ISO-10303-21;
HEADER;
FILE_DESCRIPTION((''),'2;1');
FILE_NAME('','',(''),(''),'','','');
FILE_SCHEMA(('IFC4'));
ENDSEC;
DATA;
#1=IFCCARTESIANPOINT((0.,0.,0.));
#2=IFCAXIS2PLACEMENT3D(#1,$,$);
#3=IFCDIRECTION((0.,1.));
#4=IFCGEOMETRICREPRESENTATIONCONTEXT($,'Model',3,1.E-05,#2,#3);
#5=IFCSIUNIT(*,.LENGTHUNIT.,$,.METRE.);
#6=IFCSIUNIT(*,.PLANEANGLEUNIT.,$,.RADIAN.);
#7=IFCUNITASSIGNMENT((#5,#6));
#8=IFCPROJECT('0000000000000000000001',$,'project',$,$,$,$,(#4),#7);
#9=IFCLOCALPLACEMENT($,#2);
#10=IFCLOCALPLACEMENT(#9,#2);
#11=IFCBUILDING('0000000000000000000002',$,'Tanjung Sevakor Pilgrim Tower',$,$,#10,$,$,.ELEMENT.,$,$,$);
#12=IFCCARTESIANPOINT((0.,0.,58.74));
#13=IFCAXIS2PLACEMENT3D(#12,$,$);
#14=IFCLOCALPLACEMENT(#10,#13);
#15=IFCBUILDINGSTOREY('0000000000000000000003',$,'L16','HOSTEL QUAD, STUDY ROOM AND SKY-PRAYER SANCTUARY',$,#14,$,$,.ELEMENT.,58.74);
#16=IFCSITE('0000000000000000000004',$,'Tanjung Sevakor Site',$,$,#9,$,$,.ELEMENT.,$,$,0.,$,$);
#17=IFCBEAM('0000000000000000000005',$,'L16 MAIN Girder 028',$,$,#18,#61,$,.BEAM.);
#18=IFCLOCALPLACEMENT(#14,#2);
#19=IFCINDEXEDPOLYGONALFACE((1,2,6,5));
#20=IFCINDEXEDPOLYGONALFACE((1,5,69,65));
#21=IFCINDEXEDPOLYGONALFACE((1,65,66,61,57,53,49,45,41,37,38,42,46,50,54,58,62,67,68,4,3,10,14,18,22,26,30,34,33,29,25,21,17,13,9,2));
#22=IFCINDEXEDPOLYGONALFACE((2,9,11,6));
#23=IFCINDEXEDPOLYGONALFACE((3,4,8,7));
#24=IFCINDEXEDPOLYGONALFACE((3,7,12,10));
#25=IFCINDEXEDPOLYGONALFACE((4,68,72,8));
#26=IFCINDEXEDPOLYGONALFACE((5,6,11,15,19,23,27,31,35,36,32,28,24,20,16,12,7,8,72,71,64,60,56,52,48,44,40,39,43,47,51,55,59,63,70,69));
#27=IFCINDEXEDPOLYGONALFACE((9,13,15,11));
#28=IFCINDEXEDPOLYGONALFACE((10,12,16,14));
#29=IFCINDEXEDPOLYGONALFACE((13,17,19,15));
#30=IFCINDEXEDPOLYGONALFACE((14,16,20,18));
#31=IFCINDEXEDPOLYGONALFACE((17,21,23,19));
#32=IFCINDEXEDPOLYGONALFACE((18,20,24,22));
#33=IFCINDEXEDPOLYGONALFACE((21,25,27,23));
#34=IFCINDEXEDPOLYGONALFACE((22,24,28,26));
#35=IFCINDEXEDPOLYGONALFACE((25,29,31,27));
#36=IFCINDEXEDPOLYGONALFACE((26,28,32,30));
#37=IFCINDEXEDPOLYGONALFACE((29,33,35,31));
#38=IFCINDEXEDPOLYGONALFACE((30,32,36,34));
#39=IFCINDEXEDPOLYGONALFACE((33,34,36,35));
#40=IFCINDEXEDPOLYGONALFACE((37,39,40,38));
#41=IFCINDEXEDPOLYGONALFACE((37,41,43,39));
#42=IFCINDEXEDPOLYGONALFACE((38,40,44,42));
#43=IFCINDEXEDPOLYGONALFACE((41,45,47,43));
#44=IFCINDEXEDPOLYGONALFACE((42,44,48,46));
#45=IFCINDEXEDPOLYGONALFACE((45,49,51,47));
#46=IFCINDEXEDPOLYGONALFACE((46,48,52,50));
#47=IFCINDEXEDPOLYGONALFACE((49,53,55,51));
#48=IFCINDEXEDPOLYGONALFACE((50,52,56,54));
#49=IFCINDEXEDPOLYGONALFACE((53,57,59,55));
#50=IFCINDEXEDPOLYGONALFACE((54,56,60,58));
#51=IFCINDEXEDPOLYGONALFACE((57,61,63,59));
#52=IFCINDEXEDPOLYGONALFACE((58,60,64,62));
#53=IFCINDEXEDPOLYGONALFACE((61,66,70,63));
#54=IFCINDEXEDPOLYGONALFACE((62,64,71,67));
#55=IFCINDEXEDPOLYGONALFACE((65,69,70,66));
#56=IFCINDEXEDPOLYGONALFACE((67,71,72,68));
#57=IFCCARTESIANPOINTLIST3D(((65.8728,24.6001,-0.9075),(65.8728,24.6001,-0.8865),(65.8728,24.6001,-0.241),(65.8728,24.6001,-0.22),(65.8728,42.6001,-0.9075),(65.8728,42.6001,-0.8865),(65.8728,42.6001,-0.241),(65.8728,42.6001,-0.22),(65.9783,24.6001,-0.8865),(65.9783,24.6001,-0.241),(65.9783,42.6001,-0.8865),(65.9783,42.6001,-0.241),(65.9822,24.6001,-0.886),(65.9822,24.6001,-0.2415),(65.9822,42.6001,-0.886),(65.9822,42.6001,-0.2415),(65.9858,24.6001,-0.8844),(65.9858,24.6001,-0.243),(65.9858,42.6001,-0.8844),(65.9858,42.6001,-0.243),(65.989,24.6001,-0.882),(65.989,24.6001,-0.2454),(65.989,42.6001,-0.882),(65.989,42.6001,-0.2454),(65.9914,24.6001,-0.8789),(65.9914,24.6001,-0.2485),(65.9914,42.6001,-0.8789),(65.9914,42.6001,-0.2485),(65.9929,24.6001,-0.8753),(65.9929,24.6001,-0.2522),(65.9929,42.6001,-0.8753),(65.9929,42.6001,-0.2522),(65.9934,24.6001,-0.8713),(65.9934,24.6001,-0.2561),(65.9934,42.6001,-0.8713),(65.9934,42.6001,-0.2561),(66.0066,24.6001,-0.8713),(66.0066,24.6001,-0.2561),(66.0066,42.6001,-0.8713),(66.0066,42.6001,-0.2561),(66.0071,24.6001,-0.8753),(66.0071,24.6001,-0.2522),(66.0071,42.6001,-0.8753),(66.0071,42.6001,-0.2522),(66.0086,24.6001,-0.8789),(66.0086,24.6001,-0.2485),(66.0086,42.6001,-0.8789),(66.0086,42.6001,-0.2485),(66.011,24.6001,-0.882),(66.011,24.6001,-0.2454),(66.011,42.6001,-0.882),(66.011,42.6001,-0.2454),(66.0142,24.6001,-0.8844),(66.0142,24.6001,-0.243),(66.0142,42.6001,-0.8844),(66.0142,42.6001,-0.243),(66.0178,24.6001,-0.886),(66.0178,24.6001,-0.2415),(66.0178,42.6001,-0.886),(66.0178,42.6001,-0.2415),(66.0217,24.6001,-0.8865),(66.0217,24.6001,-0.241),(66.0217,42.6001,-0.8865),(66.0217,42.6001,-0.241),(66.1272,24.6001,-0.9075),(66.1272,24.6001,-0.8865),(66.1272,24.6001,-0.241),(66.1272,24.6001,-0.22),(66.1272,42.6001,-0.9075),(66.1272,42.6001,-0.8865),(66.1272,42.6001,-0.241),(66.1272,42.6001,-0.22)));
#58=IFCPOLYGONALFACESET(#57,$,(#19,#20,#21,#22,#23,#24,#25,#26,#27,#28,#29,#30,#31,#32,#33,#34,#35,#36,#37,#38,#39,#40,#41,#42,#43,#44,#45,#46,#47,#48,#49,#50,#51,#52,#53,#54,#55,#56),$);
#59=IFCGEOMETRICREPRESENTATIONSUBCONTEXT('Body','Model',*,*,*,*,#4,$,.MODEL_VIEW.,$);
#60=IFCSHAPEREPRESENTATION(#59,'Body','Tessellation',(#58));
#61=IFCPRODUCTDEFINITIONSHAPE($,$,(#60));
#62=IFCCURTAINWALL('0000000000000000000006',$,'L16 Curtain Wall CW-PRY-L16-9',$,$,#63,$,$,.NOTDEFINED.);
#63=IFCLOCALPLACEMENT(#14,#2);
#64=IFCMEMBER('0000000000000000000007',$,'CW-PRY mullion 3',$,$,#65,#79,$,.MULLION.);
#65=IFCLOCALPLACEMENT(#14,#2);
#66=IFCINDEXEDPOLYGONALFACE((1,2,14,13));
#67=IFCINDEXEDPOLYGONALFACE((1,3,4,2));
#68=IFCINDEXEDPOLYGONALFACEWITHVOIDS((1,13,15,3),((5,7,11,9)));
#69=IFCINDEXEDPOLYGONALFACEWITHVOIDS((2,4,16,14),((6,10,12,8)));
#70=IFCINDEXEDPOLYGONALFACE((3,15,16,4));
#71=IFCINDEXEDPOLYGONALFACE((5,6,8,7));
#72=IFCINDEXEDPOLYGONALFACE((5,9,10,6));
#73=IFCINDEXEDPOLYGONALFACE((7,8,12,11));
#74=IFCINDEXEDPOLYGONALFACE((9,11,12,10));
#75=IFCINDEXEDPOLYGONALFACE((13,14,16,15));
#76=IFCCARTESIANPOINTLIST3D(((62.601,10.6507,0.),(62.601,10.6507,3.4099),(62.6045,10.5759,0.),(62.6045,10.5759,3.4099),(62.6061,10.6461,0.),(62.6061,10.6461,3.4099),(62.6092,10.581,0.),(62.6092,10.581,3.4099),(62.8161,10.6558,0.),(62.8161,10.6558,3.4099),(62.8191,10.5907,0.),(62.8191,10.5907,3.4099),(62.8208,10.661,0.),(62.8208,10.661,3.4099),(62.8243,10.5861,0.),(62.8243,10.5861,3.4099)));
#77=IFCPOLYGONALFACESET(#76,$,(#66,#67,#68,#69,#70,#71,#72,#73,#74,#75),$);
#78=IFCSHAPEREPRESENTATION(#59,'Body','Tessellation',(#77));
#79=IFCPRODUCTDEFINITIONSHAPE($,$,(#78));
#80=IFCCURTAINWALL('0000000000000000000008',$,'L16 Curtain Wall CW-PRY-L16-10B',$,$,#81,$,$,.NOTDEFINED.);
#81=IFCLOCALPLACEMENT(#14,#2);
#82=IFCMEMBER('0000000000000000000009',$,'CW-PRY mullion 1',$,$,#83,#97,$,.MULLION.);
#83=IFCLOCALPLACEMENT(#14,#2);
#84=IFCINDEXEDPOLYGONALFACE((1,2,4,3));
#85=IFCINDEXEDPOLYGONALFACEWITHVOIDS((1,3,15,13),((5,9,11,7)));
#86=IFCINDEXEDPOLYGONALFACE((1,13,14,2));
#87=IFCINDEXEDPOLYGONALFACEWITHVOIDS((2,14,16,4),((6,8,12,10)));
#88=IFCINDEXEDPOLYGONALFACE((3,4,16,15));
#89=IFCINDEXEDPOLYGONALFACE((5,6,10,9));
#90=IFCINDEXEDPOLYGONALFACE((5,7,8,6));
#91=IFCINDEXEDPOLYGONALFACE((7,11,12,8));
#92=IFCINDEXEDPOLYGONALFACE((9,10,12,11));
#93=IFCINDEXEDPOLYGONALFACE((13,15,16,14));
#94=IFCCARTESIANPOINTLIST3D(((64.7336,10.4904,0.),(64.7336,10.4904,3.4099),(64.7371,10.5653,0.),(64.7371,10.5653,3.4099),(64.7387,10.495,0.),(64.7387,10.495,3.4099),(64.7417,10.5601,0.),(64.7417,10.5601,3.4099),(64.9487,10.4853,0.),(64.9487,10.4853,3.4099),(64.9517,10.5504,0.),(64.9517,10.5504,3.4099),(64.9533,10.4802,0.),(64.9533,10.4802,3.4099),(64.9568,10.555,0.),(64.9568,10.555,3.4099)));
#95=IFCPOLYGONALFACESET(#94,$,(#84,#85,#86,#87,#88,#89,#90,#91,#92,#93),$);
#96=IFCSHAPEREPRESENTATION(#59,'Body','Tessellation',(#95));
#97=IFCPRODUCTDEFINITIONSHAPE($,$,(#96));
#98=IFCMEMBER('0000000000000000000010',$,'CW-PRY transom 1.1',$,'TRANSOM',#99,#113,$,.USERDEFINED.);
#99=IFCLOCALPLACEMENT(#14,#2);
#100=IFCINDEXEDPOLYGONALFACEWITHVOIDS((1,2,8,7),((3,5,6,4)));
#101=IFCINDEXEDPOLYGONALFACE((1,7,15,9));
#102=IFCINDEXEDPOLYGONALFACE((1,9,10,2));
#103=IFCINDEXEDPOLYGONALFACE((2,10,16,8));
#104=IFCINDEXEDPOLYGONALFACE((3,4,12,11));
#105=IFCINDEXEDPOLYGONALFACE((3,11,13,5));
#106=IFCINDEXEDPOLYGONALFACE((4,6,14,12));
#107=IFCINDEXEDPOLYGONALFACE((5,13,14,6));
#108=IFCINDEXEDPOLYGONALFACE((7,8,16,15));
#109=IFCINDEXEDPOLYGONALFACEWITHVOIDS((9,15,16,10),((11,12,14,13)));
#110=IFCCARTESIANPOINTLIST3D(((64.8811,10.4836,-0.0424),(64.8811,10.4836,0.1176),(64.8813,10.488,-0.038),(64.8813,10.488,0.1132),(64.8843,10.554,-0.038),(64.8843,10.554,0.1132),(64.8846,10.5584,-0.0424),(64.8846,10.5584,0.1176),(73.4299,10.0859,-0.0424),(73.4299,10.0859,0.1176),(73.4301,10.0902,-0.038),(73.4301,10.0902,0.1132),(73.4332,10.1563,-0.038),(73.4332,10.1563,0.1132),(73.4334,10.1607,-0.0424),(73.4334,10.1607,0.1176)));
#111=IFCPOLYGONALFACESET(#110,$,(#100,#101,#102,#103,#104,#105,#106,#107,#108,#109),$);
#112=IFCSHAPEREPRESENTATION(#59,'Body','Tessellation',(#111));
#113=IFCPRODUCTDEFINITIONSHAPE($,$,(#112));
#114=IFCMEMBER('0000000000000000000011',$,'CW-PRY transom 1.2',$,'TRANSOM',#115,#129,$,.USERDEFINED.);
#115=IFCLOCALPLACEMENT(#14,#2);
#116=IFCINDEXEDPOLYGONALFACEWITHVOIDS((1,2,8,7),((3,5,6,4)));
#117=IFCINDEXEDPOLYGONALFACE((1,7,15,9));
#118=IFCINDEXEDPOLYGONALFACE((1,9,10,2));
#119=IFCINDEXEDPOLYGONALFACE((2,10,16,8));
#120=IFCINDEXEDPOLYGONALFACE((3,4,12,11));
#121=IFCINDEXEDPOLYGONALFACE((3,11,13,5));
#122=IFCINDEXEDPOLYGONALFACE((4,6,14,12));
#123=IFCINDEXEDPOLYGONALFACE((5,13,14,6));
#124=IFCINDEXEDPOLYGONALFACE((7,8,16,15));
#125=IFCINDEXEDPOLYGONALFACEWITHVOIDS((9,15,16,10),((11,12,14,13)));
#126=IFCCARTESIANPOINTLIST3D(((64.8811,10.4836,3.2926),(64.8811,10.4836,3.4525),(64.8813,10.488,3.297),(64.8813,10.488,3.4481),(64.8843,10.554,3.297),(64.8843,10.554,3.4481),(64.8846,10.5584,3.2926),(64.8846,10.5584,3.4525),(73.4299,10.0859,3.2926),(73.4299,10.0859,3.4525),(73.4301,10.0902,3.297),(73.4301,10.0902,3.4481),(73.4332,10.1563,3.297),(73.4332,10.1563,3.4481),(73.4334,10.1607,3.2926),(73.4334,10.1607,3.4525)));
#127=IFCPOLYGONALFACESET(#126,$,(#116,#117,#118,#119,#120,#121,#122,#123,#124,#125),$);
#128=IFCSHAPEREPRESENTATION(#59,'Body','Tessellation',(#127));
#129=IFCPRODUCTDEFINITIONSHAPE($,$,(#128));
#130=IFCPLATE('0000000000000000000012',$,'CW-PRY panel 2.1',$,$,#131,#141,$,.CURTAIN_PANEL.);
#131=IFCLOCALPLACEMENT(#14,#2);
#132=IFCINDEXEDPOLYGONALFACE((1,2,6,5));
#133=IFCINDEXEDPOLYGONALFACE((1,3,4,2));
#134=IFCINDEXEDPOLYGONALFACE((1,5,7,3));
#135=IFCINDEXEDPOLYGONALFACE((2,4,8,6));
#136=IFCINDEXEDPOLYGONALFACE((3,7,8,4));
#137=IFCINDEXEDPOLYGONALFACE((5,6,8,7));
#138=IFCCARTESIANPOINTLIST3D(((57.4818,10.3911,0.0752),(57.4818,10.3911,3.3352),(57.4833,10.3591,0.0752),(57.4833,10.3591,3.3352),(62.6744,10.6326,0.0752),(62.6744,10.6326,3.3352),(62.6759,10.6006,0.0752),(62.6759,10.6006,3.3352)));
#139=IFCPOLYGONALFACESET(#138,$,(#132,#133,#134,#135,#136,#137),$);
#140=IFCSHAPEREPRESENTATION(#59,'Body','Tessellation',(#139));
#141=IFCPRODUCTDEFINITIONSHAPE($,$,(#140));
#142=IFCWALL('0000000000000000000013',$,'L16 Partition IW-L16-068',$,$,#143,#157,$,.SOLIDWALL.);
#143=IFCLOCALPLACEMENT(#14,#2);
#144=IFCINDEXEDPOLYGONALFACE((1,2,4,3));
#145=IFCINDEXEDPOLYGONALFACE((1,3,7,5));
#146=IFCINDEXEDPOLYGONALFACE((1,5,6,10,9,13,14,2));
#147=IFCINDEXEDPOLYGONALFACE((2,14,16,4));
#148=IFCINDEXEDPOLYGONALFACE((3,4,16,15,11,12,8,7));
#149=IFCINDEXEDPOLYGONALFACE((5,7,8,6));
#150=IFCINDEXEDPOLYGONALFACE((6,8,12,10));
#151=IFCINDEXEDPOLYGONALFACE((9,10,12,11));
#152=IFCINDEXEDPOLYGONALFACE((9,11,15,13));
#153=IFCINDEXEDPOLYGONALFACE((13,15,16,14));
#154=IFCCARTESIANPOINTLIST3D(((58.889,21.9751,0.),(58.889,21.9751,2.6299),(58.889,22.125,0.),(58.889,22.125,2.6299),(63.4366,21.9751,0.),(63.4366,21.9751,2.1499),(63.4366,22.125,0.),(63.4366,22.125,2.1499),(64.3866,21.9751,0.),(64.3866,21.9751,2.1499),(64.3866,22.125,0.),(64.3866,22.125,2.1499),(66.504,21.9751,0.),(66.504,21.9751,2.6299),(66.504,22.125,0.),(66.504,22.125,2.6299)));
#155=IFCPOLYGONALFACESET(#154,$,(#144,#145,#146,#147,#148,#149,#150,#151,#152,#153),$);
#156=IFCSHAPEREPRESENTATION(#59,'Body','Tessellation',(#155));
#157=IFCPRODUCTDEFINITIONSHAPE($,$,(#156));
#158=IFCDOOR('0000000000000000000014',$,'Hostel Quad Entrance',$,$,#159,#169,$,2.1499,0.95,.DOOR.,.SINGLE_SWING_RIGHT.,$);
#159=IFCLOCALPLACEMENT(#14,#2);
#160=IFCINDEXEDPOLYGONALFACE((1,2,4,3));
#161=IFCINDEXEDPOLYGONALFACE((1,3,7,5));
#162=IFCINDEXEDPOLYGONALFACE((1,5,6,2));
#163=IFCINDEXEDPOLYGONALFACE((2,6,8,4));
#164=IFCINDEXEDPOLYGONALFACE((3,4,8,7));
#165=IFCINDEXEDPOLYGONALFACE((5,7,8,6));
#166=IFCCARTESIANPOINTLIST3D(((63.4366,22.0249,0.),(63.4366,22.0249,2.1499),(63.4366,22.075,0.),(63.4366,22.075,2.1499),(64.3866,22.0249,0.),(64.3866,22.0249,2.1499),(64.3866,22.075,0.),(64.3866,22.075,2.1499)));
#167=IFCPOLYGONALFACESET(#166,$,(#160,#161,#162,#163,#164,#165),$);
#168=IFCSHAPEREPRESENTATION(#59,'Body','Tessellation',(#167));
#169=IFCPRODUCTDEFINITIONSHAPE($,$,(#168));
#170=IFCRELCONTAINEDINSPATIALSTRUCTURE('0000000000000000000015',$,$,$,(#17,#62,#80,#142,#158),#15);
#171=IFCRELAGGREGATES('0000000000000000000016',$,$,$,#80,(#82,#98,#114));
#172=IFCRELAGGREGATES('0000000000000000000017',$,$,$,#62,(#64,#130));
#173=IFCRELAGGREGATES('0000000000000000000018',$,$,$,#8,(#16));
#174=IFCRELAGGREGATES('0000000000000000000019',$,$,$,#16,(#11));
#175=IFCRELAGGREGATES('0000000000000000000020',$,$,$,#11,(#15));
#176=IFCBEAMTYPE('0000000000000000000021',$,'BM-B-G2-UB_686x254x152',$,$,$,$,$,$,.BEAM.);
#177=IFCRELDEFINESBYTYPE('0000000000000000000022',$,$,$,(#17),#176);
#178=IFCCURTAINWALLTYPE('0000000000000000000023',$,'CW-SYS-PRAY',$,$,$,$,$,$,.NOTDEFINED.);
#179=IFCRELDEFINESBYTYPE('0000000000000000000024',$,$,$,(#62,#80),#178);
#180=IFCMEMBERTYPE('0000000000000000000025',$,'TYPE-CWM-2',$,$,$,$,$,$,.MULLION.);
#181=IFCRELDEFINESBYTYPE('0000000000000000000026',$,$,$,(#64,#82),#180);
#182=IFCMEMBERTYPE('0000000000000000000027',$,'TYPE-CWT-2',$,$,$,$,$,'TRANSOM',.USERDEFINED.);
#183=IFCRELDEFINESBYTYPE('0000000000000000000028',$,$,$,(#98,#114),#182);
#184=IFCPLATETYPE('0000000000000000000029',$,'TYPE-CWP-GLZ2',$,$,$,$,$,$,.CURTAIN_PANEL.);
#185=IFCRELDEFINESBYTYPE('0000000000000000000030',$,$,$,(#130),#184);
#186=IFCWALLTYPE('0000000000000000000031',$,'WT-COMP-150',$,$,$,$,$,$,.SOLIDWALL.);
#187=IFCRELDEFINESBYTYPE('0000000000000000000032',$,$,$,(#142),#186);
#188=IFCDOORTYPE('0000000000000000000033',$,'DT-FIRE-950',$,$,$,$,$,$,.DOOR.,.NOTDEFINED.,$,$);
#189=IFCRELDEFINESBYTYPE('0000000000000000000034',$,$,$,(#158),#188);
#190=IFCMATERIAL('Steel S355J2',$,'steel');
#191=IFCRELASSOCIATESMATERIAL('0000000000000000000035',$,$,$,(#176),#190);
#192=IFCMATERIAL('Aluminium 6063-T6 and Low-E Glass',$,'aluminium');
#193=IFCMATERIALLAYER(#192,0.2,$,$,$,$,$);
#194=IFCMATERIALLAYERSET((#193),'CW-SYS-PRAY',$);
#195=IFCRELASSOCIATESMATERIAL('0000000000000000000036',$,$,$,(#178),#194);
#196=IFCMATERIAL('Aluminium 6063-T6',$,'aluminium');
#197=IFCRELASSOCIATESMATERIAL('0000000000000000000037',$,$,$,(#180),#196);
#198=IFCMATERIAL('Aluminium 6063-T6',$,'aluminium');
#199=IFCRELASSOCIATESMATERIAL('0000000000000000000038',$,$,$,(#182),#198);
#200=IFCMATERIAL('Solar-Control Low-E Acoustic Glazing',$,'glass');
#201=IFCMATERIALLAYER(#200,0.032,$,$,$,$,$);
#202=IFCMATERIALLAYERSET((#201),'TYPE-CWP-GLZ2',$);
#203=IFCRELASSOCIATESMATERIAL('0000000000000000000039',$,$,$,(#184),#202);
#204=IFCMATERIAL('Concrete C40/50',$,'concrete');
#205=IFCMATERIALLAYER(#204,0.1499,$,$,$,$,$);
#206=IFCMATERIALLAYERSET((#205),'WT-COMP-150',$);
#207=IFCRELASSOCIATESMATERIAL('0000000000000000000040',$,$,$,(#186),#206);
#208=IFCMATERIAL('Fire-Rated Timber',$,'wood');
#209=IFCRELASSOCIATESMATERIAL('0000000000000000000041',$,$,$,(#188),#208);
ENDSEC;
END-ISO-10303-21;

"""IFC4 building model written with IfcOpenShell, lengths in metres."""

from ifc_helpers import new_model, si_unit, direction, frame, frame_2d, origin, origin_2d, place, context, subcontext, project, spatial, rectangle, hollow_rectangle, i_section, extrude, material, layer, layer_set, material_profile, profile_set, type_object, element, fill, aggregate, save


model = new_model("IFC4")

# Units and contexts
model_context = context("Model", 3, precision=1e-05, world=origin(), true_north=direction((0.0, 1.0)))
body_context = subcontext(model_context, "Body", "Model", "MODEL_VIEW")
ifc_project = project(units=[si_unit("LENGTHUNIT", "METRE"), si_unit("PLANEANGLEUNIT", "RADIAN")], contexts=[model_context])

# Site, building, storey
site_placement = place(None, origin())
site = spatial("IfcSite", under=ifc_project, at=site_placement, Name="Tanjung Sevakor Site", CompositionType="ELEMENT", RefElevation=0.0)
building_placement = place(site_placement, origin())
building = spatial("IfcBuilding", under=site, at=building_placement, Name="Tanjung Sevakor Pilgrim Tower", CompositionType="ELEMENT")
storey_placement = place(building_placement, frame((0.0, 0.0, 58.74)))
storey = spatial("IfcBuildingStorey", under=building, at=storey_placement, Name="L16", Description="HOSTEL QUAD, STUDY ROOM AND SKY-PRAYER SANCTUARY", CompositionType="ELEMENT", Elevation=58.74)

# Beam
ifc_material_1 = material(Name="Steel S355J2", Category="steel")
ifc_material_profile_1 = material_profile(ifc_material_1, i_section(OverallWidth=0.2544, OverallDepth=0.6875, WebThickness=0.0132, FlangeThickness=0.021, FilletRadius=0.0151, at=origin_2d()))
ifc_profile_set_1 = profile_set([ifc_material_profile_1], Name="Steel S355J2")
beam_type_1 = type_object("IfcBeamType", Name="BM-B-G2-UB_686x254x152", PredefinedType="BEAM", material=ifc_profile_set_1)
for number, where, z_axis, x_axis, name in (
    (1, (66.0, 24.6001, -0.5637), (0.0, 1.0, 0.0), (-1.0, 0.0, 0.0), "L16 MAIN Girder 028"),
):
    element("IfcBeam", number, at=place(storey_placement, frame(where, z_axis=z_axis, x_axis=x_axis)), inside=storey, type_object=beam_type_1, Name=name, PredefinedType="BEAM", context=body_context, shape_type="SweptSolid", body=[
        extrude(i_section(OverallWidth=0.2544, OverallDepth=0.6875, WebThickness=0.0132, FlangeThickness=0.021, FilletRadius=0.0151, at=origin_2d()), origin(), (0.0, 0.0, 1.0), 18.0),
    ])

# Curtain wall, member
ifc_material_2 = material(Name="Aluminium 6063-T6 and Low-E Glass", Category="aluminium")
ifc_layer_1 = layer(ifc_material_2, 0.2)
ifc_layer_set_1 = layer_set([ifc_layer_1], Name="CW-SYS-PRAY")
curtain_wall_type = type_object("IfcCurtainWallType", Name="CW-SYS-PRAY", PredefinedType="NOTDEFINED", material=ifc_layer_set_1)
curtain_wall_1_placement = place(storey_placement, origin())
curtain_wall_1 = element("IfcCurtainWall", 2, at=curtain_wall_1_placement, inside=storey, type_object=curtain_wall_type, Name="L16 Curtain Wall CW-PRY-L16-9", PredefinedType="NOTDEFINED")
ifc_material_3 = material(Name="Aluminium 6063-T6", Category="aluminium")
ifc_material_profile_2 = material_profile(ifc_material_3, hollow_rectangle(XDim=0.075, YDim=0.22, WallThickness=0.0049, at=origin_2d()))
ifc_profile_set_2 = profile_set([ifc_material_profile_2], Name="Aluminium 6063-T6")
member_type_1 = type_object("IfcMemberType", Name="TYPE-CWM-2", PredefinedType="MULLION", material=ifc_profile_set_2)
member_1_placement = place(storey_placement, frame((62.7126, 10.6184, 0.0), z_axis=(0.0, 0.0, 1.0), x_axis=(-0.046462, 0.99892, 0.0)))
member_1 = element("IfcMember", 3, at=member_1_placement, type_object=member_type_1, Name="CW-PRY mullion 3", PredefinedType="MULLION", context=body_context, shape_type="SweptSolid", body=[
    extrude(hollow_rectangle(XDim=0.075, YDim=0.22, WallThickness=0.0049, at=origin_2d()), origin(), (0.0, 0.0, 1.0), 3.4099),
])

# Curtain wall, members
curtain_wall_2_placement = place(storey_placement, origin())
curtain_wall_2 = element("IfcCurtainWall", 4, at=curtain_wall_2_placement, inside=storey, type_object=curtain_wall_type, Name="L16 Curtain Wall CW-PRY-L16-10B", PredefinedType="NOTDEFINED")
member_2_placement = place(storey_placement, frame((64.8452, 10.5227, 0.0), z_axis=(0.0, 0.0, 1.0), x_axis=(0.046474, 0.99892, 0.0)))
member_2 = element("IfcMember", 5, at=member_2_placement, type_object=member_type_1, Name="CW-PRY mullion 1", PredefinedType="MULLION", context=body_context, shape_type="SweptSolid", body=[
    extrude(hollow_rectangle(XDim=0.075, YDim=0.22, WallThickness=0.0049, at=origin_2d()), origin(), (0.0, 0.0, 1.0), 3.4099),
])
ifc_material_4 = material(Name="Aluminium 6063-T6", Category="aluminium")
ifc_material_profile_3 = material_profile(ifc_material_4, hollow_rectangle(XDim=0.075, YDim=0.1599, WallThickness=0.0044, at=origin_2d()))
ifc_profile_set_3 = profile_set([ifc_material_profile_3], Name="Aluminium 6063-T6")
member_type_2 = type_object("IfcMemberType", Name="TYPE-CWT-2", ElementType="TRANSOM", PredefinedType="USERDEFINED", material=ifc_profile_set_3)
member_3_placement = place(storey_placement, frame((64.8828, 10.521, 0.0376), z_axis=(0.99892, -0.046471, 0.0), x_axis=(0.046471, 0.99892, 0.0)))
member_3 = element("IfcMember", 6, at=member_3_placement, type_object=member_type_2, Name="CW-PRY transom 1.1", ObjectType="TRANSOM", PredefinedType="USERDEFINED", context=body_context, shape_type="SweptSolid", body=[
    extrude(hollow_rectangle(XDim=0.075, YDim=0.1599, WallThickness=0.0044, at=origin_2d()), origin(), (0.0, 0.0, 1.0), 8.5581),
])
member_4_placement = place(storey_placement, frame((64.8828, 10.521, 3.3726), z_axis=(0.99892, -0.046471, 0.0), x_axis=(0.046471, 0.99892, 0.0)))
member_4 = element("IfcMember", 7, at=member_4_placement, type_object=member_type_2, Name="CW-PRY transom 1.2", ObjectType="TRANSOM", PredefinedType="USERDEFINED", context=body_context, shape_type="SweptSolid", body=[
    extrude(hollow_rectangle(XDim=0.075, YDim=0.1599, WallThickness=0.0044, at=origin_2d()), origin(), (0.0, 0.0, 1.0), 8.5581),
])
aggregate(curtain_wall_2, [member_2, member_3, member_4])

# Plate
ifc_material_5 = material(Name="Solar-Control Low-E Acoustic Glazing", Category="glass")
ifc_layer_2 = layer(ifc_material_5, 0.032)
ifc_layer_set_2 = layer_set([ifc_layer_2], Name="TYPE-CWP-GLZ2")
plate_type = type_object("IfcPlateType", Name="TYPE-CWP-GLZ2", PredefinedType="CURTAIN_PANEL", material=ifc_layer_set_2)
plate_placement = place(storey_placement, frame((60.0789, 10.4958, 0.0752), z_axis=(0.0, 0.0, 1.0), x_axis=(0.99892, 0.046462, 0.0)))
plate = element("IfcPlate", 8, at=plate_placement, type_object=plate_type, Name="CW-PRY panel 2.1", PredefinedType="CURTAIN_PANEL", context=body_context, shape_type="SweptSolid", body=[
    extrude(rectangle(XDim=5.1982, YDim=0.032, at=origin_2d()), origin(), (0.0, 0.0, 1.0), 3.26),
])
aggregate(curtain_wall_1, [member_1, plate])

# Wall, opening, door
ifc_material_6 = material(Name="Concrete C40/50", Category="concrete")
ifc_layer_3 = layer(ifc_material_6, 0.1499)
ifc_layer_set_3 = layer_set([ifc_layer_3], Name="WT-COMP-150")
wall_type_1 = type_object("IfcWallType", Name="WT-COMP-150", PredefinedType="SOLIDWALL", material=ifc_layer_set_3)
wall_1_placement = place(storey_placement, frame((58.8889, 22.05, 0.0), z_axis=(0.0, 0.0, 1.0), x_axis=(1.0, 0.0, 0.0)))
wall_1 = element("IfcWall", 9, at=wall_1_placement, inside=storey, type_object=wall_type_1, Name="L16 Partition IW-L16-068", PredefinedType="SOLIDWALL", context=body_context, shape_type="SweptSolid", body=[
    extrude(rectangle(XDim=7.615, YDim=0.1499, at=frame_2d((3.8076, 0.0))), origin(), (0.0, 0.0, 1.0), 2.6299),
])
opening_1_placement = place(wall_1_placement, frame((4.5476, 0.0, 0.0)))
opening_1 = element("IfcOpeningElement", 10, at=opening_1_placement, cuts=wall_1, PredefinedType="OPENING", context=body_context, shape_type="SweptSolid", body=[
    extrude(rectangle(XDim=0.95, YDim=2.1499, at=frame_2d((0.4751, 1.075))), frame((0.0, 0.085, 0.0), z_axis=(0.0, -1.0, 0.0), x_axis=(1.0, 0.0, 0.0)), (0.0, 0.0, 1.0), 0.1699),
])
ifc_material_7 = material(Name="Fire-Rated Timber", Category="wood")
door_type_1 = type_object("IfcDoorType", Name="DT-FIRE-950", OperationType="NOTDEFINED", PredefinedType="DOOR", material=ifc_material_7)
door_1_placement = place(opening_1_placement, origin())
door_1 = element("IfcDoor", 11, at=door_1_placement, inside=storey, type_object=door_type_1, Name="Hostel Quad Entrance", OperationType="SINGLE_SWING_RIGHT", OverallHeight=2.1499, OverallWidth=0.95, PredefinedType="DOOR", context=body_context, shape_type="SweptSolid", body=[
    extrude(rectangle(XDim=0.95, YDim=2.1499, at=frame_2d((0.4751, 1.075))), frame((0.0, 0.0249, 0.0), z_axis=(0.0, -1.0, 0.0), x_axis=(1.0, 0.0, 0.0)), (0.0, 0.0, 1.0), 0.05),
])
fill(opening_1, door_1)

save(model, "model.ifc")
